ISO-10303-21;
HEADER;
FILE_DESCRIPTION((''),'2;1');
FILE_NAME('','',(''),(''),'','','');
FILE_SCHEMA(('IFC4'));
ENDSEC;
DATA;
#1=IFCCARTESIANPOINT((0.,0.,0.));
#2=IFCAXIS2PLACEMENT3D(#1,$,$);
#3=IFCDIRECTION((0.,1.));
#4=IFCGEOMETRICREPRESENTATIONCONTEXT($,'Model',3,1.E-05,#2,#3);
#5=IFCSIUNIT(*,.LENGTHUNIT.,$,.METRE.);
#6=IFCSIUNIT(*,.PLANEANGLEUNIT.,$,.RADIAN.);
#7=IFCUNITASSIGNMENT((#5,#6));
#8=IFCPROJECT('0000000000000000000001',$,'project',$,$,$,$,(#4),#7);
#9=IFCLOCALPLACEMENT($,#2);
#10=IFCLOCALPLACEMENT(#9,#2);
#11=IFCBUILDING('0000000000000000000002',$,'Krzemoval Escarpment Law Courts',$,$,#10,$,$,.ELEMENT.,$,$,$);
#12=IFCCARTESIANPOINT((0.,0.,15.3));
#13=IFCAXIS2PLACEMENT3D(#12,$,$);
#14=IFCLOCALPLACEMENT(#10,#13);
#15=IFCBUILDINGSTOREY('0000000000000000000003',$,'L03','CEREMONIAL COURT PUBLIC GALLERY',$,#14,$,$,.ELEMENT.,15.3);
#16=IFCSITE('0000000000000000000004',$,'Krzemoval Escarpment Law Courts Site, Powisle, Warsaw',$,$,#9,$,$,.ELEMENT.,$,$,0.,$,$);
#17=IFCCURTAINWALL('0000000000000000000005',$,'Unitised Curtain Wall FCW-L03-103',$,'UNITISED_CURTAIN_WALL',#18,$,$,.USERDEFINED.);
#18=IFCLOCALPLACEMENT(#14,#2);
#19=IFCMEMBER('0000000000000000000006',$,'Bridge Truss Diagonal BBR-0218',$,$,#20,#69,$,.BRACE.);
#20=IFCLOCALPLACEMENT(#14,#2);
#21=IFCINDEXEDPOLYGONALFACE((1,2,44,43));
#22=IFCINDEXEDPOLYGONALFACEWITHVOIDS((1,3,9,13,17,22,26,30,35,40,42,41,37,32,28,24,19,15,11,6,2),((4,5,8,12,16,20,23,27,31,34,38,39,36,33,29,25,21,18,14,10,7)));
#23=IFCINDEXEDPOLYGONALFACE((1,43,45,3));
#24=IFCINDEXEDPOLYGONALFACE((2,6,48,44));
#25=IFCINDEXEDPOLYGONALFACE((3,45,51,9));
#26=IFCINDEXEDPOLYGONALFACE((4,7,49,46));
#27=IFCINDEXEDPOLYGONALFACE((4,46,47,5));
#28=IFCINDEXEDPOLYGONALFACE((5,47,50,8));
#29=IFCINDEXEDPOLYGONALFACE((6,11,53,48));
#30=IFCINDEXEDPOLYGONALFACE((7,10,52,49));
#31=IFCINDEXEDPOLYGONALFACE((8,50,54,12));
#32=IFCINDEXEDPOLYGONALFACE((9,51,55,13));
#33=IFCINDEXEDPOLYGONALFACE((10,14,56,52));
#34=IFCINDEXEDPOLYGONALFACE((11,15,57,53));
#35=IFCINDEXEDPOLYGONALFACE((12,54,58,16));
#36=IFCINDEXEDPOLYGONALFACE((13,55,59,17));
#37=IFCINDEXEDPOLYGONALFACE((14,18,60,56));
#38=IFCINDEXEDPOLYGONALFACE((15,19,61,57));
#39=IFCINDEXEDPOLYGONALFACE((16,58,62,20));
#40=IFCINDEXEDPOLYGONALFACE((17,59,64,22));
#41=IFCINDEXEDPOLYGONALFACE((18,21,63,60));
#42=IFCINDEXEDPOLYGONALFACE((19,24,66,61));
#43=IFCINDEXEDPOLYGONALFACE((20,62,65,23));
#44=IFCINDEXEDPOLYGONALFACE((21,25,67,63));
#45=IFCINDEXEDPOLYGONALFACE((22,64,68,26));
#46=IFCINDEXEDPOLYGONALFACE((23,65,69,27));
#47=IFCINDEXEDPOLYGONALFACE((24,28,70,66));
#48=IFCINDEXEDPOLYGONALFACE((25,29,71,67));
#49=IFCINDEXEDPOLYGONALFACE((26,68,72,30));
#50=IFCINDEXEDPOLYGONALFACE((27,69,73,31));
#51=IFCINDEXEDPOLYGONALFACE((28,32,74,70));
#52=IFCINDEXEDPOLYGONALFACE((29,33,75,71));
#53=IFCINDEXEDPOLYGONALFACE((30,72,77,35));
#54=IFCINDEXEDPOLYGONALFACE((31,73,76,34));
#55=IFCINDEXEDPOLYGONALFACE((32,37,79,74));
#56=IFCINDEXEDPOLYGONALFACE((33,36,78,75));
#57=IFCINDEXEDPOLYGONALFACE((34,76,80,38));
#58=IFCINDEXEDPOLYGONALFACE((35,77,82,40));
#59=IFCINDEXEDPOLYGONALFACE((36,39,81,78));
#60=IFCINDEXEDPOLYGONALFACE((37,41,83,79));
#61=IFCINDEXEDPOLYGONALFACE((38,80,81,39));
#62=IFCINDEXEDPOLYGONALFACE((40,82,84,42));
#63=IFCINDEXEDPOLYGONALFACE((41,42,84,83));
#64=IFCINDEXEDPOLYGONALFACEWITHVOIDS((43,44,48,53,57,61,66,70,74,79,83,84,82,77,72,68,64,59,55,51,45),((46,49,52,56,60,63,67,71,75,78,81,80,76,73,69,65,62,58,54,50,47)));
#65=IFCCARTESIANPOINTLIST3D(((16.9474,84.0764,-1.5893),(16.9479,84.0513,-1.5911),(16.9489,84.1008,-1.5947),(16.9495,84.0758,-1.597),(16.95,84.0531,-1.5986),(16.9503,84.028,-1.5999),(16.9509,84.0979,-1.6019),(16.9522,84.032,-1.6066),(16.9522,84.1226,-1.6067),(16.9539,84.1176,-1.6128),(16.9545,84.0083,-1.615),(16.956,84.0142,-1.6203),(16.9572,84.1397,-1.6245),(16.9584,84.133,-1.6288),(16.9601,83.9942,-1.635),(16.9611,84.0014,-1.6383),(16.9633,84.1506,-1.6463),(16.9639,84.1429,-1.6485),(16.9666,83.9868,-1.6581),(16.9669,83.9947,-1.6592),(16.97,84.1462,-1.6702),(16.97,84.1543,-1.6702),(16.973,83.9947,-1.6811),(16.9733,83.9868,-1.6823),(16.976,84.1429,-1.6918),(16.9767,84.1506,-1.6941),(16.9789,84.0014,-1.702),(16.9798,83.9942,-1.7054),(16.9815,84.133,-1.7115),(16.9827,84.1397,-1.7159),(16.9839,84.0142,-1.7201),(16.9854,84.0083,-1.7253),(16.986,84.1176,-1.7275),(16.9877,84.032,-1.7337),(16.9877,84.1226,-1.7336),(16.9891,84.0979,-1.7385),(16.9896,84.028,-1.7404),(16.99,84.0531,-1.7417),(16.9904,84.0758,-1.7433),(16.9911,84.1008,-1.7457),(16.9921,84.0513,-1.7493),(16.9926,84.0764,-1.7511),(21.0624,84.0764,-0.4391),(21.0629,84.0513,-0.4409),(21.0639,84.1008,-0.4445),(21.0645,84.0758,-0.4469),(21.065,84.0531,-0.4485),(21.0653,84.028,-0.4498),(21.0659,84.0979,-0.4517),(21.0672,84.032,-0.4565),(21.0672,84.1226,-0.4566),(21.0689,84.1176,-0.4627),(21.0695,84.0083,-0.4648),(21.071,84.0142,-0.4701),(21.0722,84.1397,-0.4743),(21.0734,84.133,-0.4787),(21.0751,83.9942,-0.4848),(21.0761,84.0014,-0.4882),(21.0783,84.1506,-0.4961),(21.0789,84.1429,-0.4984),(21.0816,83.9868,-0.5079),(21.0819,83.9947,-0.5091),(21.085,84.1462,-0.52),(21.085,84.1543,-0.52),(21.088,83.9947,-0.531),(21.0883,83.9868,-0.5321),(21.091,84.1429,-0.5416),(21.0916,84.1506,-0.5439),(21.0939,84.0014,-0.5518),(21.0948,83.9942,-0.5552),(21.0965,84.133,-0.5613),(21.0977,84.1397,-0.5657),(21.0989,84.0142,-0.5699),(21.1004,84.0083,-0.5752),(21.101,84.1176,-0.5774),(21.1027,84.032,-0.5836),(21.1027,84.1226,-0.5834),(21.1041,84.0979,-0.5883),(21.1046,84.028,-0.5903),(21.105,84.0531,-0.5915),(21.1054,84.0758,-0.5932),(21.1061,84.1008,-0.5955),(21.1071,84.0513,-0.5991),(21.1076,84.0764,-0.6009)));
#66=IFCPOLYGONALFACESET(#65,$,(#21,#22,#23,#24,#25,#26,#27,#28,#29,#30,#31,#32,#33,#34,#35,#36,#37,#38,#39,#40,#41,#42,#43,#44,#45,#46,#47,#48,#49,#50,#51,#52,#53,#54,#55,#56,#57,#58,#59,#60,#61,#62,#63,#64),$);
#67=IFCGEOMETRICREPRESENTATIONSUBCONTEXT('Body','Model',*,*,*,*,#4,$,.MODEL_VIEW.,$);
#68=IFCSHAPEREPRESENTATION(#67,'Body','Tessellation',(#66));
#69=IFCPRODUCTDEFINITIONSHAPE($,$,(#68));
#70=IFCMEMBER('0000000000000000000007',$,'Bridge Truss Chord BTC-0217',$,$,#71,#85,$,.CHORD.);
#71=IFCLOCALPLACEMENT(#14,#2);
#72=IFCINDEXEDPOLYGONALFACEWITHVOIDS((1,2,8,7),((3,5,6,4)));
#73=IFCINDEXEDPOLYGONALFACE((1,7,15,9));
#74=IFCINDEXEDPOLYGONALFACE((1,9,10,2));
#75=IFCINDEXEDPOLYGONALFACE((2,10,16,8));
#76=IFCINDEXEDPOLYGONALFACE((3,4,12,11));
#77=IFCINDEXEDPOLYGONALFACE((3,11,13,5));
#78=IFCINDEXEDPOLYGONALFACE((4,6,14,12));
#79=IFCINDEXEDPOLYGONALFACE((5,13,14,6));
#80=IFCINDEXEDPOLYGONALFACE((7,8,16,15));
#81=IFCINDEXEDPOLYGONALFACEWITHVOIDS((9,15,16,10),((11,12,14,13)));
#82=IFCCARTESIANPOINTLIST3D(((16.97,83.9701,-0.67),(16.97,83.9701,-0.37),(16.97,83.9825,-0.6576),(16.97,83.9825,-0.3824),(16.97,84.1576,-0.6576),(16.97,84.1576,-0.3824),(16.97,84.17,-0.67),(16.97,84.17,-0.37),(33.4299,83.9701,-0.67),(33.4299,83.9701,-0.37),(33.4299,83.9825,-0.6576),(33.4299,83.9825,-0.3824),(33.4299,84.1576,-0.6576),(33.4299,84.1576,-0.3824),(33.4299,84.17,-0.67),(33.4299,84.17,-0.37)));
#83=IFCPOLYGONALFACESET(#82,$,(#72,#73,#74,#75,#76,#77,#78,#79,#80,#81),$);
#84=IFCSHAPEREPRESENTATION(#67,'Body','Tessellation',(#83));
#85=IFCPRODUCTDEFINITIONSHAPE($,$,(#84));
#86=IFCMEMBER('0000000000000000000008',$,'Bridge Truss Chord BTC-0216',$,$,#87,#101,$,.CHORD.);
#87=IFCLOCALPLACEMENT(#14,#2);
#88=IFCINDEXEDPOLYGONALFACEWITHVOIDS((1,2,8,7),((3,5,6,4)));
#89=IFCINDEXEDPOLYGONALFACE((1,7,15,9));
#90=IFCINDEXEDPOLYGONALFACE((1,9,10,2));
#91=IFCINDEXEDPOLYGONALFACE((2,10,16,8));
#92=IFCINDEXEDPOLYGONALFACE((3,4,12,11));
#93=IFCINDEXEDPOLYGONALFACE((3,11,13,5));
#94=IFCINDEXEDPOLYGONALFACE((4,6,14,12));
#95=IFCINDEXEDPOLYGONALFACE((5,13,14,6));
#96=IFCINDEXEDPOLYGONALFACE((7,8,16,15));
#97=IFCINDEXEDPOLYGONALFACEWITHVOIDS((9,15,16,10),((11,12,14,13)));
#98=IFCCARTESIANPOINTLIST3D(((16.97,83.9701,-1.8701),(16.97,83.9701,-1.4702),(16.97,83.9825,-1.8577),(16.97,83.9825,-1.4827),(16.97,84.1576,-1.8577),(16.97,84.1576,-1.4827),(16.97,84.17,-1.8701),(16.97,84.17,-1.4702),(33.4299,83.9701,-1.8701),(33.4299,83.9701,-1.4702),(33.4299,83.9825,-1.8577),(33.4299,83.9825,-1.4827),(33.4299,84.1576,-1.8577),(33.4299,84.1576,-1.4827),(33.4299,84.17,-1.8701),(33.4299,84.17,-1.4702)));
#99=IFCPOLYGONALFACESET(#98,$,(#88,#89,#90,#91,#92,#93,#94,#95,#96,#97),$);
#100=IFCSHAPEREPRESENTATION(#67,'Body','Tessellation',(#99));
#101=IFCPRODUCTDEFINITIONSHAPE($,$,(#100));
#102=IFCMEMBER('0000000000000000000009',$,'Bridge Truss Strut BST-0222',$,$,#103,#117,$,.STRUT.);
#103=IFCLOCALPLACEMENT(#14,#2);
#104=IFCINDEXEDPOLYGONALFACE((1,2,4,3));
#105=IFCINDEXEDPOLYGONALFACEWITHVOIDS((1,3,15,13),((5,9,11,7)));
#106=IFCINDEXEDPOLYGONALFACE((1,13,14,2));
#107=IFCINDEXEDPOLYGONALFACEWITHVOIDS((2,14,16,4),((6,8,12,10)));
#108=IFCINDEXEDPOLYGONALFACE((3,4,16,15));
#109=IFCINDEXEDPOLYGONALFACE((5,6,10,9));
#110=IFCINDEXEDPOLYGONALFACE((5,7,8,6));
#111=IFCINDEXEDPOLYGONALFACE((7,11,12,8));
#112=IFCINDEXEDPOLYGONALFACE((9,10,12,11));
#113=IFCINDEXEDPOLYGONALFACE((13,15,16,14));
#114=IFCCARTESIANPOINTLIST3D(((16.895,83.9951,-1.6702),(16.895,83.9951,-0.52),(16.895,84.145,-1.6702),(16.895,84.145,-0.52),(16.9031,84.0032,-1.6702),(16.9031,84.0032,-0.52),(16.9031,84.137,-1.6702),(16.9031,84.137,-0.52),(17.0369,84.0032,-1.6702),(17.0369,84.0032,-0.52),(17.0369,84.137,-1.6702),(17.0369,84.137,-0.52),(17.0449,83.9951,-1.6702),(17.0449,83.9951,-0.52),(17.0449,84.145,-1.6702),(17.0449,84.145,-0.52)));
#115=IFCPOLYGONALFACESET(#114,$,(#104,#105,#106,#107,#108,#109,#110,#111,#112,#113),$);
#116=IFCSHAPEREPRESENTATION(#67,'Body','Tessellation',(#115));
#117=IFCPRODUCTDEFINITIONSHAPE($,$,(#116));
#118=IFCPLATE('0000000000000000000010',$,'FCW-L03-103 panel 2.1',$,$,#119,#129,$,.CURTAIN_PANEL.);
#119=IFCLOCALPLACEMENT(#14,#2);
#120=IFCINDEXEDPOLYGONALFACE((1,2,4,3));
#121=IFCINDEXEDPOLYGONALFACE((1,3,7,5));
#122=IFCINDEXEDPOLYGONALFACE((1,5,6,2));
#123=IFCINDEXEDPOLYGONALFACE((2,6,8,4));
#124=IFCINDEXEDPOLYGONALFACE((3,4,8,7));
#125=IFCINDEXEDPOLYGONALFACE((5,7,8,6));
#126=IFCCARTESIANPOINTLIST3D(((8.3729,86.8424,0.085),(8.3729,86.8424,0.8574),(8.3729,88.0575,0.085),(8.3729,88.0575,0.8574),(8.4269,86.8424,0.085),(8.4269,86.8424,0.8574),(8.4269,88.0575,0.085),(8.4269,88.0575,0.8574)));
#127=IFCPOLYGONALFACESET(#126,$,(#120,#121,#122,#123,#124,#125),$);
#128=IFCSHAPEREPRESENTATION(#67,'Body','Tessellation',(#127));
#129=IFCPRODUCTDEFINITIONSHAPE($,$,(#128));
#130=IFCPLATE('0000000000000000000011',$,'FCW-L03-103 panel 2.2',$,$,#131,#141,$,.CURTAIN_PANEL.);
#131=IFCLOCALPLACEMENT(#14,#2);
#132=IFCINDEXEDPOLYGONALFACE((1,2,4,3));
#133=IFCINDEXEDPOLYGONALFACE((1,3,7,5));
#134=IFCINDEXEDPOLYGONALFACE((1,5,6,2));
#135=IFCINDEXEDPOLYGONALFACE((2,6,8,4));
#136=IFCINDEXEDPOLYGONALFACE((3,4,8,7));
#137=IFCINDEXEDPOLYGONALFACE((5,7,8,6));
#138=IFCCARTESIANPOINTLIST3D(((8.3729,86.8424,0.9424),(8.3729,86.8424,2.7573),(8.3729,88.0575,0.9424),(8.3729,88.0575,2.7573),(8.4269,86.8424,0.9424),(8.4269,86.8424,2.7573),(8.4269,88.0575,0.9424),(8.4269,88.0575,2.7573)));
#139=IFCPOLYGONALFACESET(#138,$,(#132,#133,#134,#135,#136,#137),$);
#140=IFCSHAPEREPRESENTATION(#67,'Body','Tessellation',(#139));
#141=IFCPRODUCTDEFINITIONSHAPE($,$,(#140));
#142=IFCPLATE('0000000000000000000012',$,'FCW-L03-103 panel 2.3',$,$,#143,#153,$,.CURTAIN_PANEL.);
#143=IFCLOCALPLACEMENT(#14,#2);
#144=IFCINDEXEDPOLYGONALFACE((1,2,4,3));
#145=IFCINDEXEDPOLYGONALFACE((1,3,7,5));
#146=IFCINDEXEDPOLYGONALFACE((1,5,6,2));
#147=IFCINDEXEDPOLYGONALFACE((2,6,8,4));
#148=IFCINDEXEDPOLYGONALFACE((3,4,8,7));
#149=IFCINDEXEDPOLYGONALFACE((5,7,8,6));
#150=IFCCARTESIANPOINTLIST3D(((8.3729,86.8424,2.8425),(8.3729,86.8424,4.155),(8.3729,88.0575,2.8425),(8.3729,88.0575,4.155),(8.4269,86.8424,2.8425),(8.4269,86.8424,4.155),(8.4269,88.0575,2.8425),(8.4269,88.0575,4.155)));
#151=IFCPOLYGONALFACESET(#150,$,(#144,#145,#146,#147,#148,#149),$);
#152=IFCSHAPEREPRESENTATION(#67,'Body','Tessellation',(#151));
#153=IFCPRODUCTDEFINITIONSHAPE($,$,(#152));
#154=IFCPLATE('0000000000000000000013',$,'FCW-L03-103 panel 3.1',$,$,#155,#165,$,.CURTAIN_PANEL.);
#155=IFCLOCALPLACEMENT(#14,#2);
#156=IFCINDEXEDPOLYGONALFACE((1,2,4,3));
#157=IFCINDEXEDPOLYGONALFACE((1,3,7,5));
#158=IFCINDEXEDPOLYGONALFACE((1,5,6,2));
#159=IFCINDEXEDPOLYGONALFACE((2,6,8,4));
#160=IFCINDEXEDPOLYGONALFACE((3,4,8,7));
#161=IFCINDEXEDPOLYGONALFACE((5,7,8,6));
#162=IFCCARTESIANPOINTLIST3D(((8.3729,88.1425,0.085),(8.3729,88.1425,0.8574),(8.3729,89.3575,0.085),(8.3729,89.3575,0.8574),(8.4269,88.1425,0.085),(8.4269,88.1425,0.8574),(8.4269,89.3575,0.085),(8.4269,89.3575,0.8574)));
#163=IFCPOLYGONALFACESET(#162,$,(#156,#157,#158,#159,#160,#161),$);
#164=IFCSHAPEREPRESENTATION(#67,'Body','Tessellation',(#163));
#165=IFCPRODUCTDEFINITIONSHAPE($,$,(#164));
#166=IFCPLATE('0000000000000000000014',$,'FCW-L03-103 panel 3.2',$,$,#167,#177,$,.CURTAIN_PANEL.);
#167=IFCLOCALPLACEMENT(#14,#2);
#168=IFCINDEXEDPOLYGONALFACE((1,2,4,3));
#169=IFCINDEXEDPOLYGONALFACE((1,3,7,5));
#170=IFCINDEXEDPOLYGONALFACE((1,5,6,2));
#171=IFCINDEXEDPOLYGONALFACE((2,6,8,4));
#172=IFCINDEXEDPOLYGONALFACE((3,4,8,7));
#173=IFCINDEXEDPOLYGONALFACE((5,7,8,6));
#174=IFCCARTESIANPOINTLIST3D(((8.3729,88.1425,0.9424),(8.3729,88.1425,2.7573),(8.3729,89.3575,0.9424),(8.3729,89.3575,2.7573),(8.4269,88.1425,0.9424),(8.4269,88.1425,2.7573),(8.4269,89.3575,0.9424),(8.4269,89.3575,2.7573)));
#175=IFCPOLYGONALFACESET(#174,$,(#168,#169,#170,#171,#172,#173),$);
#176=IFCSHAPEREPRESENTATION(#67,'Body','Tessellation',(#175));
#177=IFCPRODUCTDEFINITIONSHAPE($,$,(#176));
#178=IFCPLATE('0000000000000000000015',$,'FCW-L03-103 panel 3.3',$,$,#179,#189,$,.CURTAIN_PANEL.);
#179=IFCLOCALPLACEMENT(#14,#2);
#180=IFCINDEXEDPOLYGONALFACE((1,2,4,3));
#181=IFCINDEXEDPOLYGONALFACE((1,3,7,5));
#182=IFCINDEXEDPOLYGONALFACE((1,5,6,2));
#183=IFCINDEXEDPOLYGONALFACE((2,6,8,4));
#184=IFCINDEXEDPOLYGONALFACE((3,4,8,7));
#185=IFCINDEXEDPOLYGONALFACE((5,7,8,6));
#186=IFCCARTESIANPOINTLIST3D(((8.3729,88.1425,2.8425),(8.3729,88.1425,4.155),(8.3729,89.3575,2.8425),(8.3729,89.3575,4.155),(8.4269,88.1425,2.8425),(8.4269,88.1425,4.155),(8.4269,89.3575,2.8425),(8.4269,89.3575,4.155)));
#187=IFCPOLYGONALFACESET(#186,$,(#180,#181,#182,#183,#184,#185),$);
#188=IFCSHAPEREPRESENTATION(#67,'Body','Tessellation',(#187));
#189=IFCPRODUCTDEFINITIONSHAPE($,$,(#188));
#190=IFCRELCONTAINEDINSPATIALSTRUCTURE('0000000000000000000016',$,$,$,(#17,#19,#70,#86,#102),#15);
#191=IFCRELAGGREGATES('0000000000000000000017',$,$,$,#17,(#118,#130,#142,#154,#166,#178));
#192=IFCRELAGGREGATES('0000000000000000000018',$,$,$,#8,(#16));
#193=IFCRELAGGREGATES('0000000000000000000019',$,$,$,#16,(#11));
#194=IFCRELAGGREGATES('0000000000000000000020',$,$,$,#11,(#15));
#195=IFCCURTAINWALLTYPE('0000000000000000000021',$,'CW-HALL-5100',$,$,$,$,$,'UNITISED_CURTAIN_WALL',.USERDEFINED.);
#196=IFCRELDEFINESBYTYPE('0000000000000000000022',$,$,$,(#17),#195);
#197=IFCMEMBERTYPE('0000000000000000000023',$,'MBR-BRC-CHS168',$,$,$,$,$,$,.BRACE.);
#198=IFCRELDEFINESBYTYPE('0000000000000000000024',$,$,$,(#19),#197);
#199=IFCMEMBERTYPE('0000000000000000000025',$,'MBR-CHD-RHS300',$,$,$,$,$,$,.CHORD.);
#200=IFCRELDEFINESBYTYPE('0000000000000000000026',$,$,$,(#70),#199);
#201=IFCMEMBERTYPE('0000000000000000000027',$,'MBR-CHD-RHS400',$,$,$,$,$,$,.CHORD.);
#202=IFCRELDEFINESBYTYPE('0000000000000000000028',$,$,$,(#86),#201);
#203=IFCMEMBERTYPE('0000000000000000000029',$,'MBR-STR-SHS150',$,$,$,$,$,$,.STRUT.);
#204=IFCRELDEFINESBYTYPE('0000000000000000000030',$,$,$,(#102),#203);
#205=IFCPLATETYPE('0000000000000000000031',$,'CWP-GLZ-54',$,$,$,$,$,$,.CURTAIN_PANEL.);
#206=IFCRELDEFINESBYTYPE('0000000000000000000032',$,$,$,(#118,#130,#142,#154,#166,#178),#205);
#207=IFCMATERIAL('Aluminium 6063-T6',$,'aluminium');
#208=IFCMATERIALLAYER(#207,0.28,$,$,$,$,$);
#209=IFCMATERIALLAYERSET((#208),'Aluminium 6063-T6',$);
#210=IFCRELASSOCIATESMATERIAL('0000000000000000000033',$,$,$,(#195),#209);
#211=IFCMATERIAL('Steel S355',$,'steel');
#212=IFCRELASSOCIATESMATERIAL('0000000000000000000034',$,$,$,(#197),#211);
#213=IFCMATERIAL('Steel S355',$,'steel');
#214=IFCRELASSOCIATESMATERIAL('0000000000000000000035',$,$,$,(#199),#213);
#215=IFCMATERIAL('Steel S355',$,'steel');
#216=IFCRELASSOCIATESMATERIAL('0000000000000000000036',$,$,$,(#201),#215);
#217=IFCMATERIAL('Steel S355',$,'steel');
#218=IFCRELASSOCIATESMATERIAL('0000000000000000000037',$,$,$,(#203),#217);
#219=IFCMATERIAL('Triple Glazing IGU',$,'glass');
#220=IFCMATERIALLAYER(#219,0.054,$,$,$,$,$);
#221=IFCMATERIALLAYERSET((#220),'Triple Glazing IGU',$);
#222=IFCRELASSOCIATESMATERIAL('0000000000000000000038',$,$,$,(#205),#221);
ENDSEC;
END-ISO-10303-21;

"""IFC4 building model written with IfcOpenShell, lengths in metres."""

from ifc_helpers import new_model, si_unit, direction, frame, origin, origin_2d, place, context, subcontext, project, spatial, rectangle, hollow_rectangle, hollow_circle, extrude, material, layer, layer_set, material_profile, profile_set, type_object, element, aggregate, save


model = new_model("IFC4")

# Units and contexts
model_context = context("Model", 3, precision=1e-05, world=origin(), true_north=direction((0.0, 1.0)))
body_context = subcontext(model_context, "Body", "Model", "MODEL_VIEW")
ifc_project = project(units=[si_unit("LENGTHUNIT", "METRE"), si_unit("PLANEANGLEUNIT", "RADIAN")], contexts=[model_context])

# Site, building, storey
site_placement = place(None, origin())
site = spatial("IfcSite", under=ifc_project, at=site_placement, Name="Krzemoval Escarpment Law Courts Site, Powisle, Warsaw", CompositionType="ELEMENT", RefElevation=0.0)
building_placement = place(site_placement, origin())
building = spatial("IfcBuilding", under=site, at=building_placement, Name="Krzemoval Escarpment Law Courts", CompositionType="ELEMENT")
storey_placement = place(building_placement, frame((0.0, 0.0, 15.3)))
storey = spatial("IfcBuildingStorey", under=building, at=storey_placement, Name="L03", Description="CEREMONIAL COURT PUBLIC GALLERY", CompositionType="ELEMENT", Elevation=15.3)

# Curtain wall
ifc_material_1 = material(Name="Aluminium 6063-T6", Category="aluminium")
ifc_layer_1 = layer(ifc_material_1, 0.28)
ifc_layer_set_1 = layer_set([ifc_layer_1], Name="Aluminium 6063-T6")
curtain_wall_type = type_object("IfcCurtainWallType", Name="CW-HALL-5100", ElementType="UNITISED_CURTAIN_WALL", PredefinedType="USERDEFINED", material=ifc_layer_set_1)
curtain_wall_placement = place(storey_placement, origin())
curtain_wall = element("IfcCurtainWall", 1, at=curtain_wall_placement, inside=storey, type_object=curtain_wall_type, Name="Unitised Curtain Wall FCW-L03-103", ObjectType="UNITISED_CURTAIN_WALL", PredefinedType="USERDEFINED")

# Members
ifc_material_2 = material(Name="Steel S355", Category="steel")
ifc_material_profile_1 = material_profile(ifc_material_2, hollow_circle(Radius=0.0842, WallThickness=0.0081, at=origin_2d()), Name="CHS 168.3x8")
ifc_profile_set_1 = profile_set([ifc_material_profile_1], Name="Steel S355")
member_type_1 = type_object("IfcMemberType", Name="MBR-BRC-CHS168", PredefinedType="BRACE", material=ifc_profile_set_1)
member_1_placement = place(storey_placement, frame((16.97, 84.0701, -1.6702), z_axis=(0.963089, 0.0, 0.269185), x_axis=(0.0, 1.0, 0.0)))
element("IfcMember", 2, at=member_1_placement, inside=storey, type_object=member_type_1, Name="Bridge Truss Diagonal BBR-0218", PredefinedType="BRACE", context=body_context, shape_type="SweptSolid", body=[
    extrude(hollow_circle(Radius=0.0842, WallThickness=0.0081, at=origin_2d()), origin(), (0.0, 0.0, 1.0), 4.2727),
])
ifc_material_3 = material(Name="Steel S355", Category="steel")
ifc_material_profile_2 = material_profile(ifc_material_3, hollow_rectangle(XDim=0.2, YDim=0.3, WallThickness=0.0125, at=origin_2d()), Name="RHS 300x200x12.5")
ifc_profile_set_2 = profile_set([ifc_material_profile_2], Name="Steel S355")
member_type_2 = type_object("IfcMemberType", Name="MBR-CHD-RHS300", PredefinedType="CHORD", material=ifc_profile_set_2)
member_2_placement = place(storey_placement, frame((16.97, 84.0701, -0.52), z_axis=(1.0, 0.0, 0.0), x_axis=(0.0, 1.0, 0.0)))
element("IfcMember", 3, at=member_2_placement, inside=storey, type_object=member_type_2, Name="Bridge Truss Chord BTC-0217", PredefinedType="CHORD", context=body_context, shape_type="SweptSolid", body=[
    extrude(hollow_rectangle(XDim=0.2, YDim=0.3, WallThickness=0.0125, at=origin_2d()), origin(), (0.0, 0.0, 1.0), 16.46),
])
ifc_material_4 = material(Name="Steel S355", Category="steel")
ifc_material_profile_3 = material_profile(ifc_material_4, hollow_rectangle(XDim=0.2, YDim=0.3999, WallThickness=0.0125, at=origin_2d()), Name="RHS 400x200x12.5")
ifc_profile_set_3 = profile_set([ifc_material_profile_3], Name="Steel S355")
member_type_3 = type_object("IfcMemberType", Name="MBR-CHD-RHS400", PredefinedType="CHORD", material=ifc_profile_set_3)
member_3_placement = place(storey_placement, frame((16.97, 84.0701, -1.6702), z_axis=(1.0, 0.0, 0.0), x_axis=(0.0, 1.0, 0.0)))
element("IfcMember", 4, at=member_3_placement, inside=storey, type_object=member_type_3, Name="Bridge Truss Chord BTC-0216", PredefinedType="CHORD", context=body_context, shape_type="SweptSolid", body=[
    extrude(hollow_rectangle(XDim=0.2, YDim=0.3999, WallThickness=0.0125, at=origin_2d()), origin(), (0.0, 0.0, 1.0), 16.46),
])
ifc_material_5 = material(Name="Steel S355", Category="steel")
ifc_material_profile_4 = material_profile(ifc_material_5, hollow_rectangle(XDim=0.1499, YDim=0.1499, WallThickness=0.0081, at=origin_2d()), Name="SHS 150x150x8")
ifc_profile_set_4 = profile_set([ifc_material_profile_4], Name="Steel S355")
member_type_4 = type_object("IfcMemberType", Name="MBR-STR-SHS150", PredefinedType="STRUT", material=ifc_profile_set_4)
member_4_placement = place(storey_placement, frame((16.97, 84.0701, -1.6702), z_axis=(0.0, 0.0, 1.0), x_axis=(1.0, 0.0, 0.0)))
element("IfcMember", 5, at=member_4_placement, inside=storey, type_object=member_type_4, Name="Bridge Truss Strut BST-0222", PredefinedType="STRUT", context=body_context, shape_type="SweptSolid", body=[
    extrude(hollow_rectangle(XDim=0.1499, YDim=0.1499, WallThickness=0.0081, at=origin_2d()), origin(), (0.0, 0.0, 1.0), 1.1501),
])

# Plates
ifc_material_6 = material(Name="Triple Glazing IGU", Category="glass")
ifc_layer_2 = layer(ifc_material_6, 0.054)
ifc_layer_set_2 = layer_set([ifc_layer_2], Name="Triple Glazing IGU")
plate_type_1 = type_object("IfcPlateType", Name="CWP-GLZ-54", PredefinedType="CURTAIN_PANEL", material=ifc_layer_set_2)
plate_1_placement = place(storey_placement, frame((8.3999, 87.45, 0.085), z_axis=(0.0, 0.0, 1.0), x_axis=(0.0, 1.0, 0.0)))
plate_1 = element("IfcPlate", 6, at=plate_1_placement, type_object=plate_type_1, Name="FCW-L03-103 panel 2.1", PredefinedType="CURTAIN_PANEL", context=body_context, shape_type="SweptSolid", body=[
    extrude(rectangle(XDim=1.2151, YDim=0.054, at=origin_2d()), origin(), (0.0, 0.0, 1.0), 0.7725),
])
plate_2_placement = place(storey_placement, frame((8.3999, 87.45, 0.9424), z_axis=(0.0, 0.0, 1.0), x_axis=(0.0, 1.0, 0.0)))
plate_2 = element("IfcPlate", 7, at=plate_2_placement, type_object=plate_type_1, Name="FCW-L03-103 panel 2.2", PredefinedType="CURTAIN_PANEL", context=body_context, shape_type="SweptSolid", body=[
    extrude(rectangle(XDim=1.2151, YDim=0.054, at=origin_2d()), origin(), (0.0, 0.0, 1.0), 1.8149),
])
plate_3_placement = place(storey_placement, frame((8.3999, 87.45, 2.8425), z_axis=(0.0, 0.0, 1.0), x_axis=(0.0, 1.0, 0.0)))
plate_3 = element("IfcPlate", 8, at=plate_3_placement, type_object=plate_type_1, Name="FCW-L03-103 panel 2.3", PredefinedType="CURTAIN_PANEL", context=body_context, shape_type="SweptSolid", body=[
    extrude(rectangle(XDim=1.2151, YDim=0.054, at=origin_2d()), origin(), (0.0, 0.0, 1.0), 1.3125),
])
plate_4_placement = place(storey_placement, frame((8.3999, 88.75, 0.085), z_axis=(0.0, 0.0, 1.0), x_axis=(0.0, 1.0, 0.0)))
plate_4 = element("IfcPlate", 9, at=plate_4_placement, type_object=plate_type_1, Name="FCW-L03-103 panel 3.1", PredefinedType="CURTAIN_PANEL", context=body_context, shape_type="SweptSolid", body=[
    extrude(rectangle(XDim=1.2151, YDim=0.054, at=origin_2d()), origin(), (0.0, 0.0, 1.0), 0.7725),
])
plate_5_placement = place(storey_placement, frame((8.3999, 88.75, 0.9424), z_axis=(0.0, 0.0, 1.0), x_axis=(0.0, 1.0, 0.0)))
plate_5 = element("IfcPlate", 10, at=plate_5_placement, type_object=plate_type_1, Name="FCW-L03-103 panel 3.2", PredefinedType="CURTAIN_PANEL", context=body_context, shape_type="SweptSolid", body=[
    extrude(rectangle(XDim=1.2151, YDim=0.054, at=origin_2d()), origin(), (0.0, 0.0, 1.0), 1.8149),
])
plate_6_placement = place(storey_placement, frame((8.3999, 88.75, 2.8425), z_axis=(0.0, 0.0, 1.0), x_axis=(0.0, 1.0, 0.0)))
plate_6 = element("IfcPlate", 11, at=plate_6_placement, type_object=plate_type_1, Name="FCW-L03-103 panel 3.3", PredefinedType="CURTAIN_PANEL", context=body_context, shape_type="SweptSolid", body=[
    extrude(rectangle(XDim=1.2151, YDim=0.054, at=origin_2d()), origin(), (0.0, 0.0, 1.0), 1.3125),
])
aggregate(curtain_wall, [plate_1, plate_2, plate_3, plate_4, plate_5, plate_6])

save(model, "model.ifc")
